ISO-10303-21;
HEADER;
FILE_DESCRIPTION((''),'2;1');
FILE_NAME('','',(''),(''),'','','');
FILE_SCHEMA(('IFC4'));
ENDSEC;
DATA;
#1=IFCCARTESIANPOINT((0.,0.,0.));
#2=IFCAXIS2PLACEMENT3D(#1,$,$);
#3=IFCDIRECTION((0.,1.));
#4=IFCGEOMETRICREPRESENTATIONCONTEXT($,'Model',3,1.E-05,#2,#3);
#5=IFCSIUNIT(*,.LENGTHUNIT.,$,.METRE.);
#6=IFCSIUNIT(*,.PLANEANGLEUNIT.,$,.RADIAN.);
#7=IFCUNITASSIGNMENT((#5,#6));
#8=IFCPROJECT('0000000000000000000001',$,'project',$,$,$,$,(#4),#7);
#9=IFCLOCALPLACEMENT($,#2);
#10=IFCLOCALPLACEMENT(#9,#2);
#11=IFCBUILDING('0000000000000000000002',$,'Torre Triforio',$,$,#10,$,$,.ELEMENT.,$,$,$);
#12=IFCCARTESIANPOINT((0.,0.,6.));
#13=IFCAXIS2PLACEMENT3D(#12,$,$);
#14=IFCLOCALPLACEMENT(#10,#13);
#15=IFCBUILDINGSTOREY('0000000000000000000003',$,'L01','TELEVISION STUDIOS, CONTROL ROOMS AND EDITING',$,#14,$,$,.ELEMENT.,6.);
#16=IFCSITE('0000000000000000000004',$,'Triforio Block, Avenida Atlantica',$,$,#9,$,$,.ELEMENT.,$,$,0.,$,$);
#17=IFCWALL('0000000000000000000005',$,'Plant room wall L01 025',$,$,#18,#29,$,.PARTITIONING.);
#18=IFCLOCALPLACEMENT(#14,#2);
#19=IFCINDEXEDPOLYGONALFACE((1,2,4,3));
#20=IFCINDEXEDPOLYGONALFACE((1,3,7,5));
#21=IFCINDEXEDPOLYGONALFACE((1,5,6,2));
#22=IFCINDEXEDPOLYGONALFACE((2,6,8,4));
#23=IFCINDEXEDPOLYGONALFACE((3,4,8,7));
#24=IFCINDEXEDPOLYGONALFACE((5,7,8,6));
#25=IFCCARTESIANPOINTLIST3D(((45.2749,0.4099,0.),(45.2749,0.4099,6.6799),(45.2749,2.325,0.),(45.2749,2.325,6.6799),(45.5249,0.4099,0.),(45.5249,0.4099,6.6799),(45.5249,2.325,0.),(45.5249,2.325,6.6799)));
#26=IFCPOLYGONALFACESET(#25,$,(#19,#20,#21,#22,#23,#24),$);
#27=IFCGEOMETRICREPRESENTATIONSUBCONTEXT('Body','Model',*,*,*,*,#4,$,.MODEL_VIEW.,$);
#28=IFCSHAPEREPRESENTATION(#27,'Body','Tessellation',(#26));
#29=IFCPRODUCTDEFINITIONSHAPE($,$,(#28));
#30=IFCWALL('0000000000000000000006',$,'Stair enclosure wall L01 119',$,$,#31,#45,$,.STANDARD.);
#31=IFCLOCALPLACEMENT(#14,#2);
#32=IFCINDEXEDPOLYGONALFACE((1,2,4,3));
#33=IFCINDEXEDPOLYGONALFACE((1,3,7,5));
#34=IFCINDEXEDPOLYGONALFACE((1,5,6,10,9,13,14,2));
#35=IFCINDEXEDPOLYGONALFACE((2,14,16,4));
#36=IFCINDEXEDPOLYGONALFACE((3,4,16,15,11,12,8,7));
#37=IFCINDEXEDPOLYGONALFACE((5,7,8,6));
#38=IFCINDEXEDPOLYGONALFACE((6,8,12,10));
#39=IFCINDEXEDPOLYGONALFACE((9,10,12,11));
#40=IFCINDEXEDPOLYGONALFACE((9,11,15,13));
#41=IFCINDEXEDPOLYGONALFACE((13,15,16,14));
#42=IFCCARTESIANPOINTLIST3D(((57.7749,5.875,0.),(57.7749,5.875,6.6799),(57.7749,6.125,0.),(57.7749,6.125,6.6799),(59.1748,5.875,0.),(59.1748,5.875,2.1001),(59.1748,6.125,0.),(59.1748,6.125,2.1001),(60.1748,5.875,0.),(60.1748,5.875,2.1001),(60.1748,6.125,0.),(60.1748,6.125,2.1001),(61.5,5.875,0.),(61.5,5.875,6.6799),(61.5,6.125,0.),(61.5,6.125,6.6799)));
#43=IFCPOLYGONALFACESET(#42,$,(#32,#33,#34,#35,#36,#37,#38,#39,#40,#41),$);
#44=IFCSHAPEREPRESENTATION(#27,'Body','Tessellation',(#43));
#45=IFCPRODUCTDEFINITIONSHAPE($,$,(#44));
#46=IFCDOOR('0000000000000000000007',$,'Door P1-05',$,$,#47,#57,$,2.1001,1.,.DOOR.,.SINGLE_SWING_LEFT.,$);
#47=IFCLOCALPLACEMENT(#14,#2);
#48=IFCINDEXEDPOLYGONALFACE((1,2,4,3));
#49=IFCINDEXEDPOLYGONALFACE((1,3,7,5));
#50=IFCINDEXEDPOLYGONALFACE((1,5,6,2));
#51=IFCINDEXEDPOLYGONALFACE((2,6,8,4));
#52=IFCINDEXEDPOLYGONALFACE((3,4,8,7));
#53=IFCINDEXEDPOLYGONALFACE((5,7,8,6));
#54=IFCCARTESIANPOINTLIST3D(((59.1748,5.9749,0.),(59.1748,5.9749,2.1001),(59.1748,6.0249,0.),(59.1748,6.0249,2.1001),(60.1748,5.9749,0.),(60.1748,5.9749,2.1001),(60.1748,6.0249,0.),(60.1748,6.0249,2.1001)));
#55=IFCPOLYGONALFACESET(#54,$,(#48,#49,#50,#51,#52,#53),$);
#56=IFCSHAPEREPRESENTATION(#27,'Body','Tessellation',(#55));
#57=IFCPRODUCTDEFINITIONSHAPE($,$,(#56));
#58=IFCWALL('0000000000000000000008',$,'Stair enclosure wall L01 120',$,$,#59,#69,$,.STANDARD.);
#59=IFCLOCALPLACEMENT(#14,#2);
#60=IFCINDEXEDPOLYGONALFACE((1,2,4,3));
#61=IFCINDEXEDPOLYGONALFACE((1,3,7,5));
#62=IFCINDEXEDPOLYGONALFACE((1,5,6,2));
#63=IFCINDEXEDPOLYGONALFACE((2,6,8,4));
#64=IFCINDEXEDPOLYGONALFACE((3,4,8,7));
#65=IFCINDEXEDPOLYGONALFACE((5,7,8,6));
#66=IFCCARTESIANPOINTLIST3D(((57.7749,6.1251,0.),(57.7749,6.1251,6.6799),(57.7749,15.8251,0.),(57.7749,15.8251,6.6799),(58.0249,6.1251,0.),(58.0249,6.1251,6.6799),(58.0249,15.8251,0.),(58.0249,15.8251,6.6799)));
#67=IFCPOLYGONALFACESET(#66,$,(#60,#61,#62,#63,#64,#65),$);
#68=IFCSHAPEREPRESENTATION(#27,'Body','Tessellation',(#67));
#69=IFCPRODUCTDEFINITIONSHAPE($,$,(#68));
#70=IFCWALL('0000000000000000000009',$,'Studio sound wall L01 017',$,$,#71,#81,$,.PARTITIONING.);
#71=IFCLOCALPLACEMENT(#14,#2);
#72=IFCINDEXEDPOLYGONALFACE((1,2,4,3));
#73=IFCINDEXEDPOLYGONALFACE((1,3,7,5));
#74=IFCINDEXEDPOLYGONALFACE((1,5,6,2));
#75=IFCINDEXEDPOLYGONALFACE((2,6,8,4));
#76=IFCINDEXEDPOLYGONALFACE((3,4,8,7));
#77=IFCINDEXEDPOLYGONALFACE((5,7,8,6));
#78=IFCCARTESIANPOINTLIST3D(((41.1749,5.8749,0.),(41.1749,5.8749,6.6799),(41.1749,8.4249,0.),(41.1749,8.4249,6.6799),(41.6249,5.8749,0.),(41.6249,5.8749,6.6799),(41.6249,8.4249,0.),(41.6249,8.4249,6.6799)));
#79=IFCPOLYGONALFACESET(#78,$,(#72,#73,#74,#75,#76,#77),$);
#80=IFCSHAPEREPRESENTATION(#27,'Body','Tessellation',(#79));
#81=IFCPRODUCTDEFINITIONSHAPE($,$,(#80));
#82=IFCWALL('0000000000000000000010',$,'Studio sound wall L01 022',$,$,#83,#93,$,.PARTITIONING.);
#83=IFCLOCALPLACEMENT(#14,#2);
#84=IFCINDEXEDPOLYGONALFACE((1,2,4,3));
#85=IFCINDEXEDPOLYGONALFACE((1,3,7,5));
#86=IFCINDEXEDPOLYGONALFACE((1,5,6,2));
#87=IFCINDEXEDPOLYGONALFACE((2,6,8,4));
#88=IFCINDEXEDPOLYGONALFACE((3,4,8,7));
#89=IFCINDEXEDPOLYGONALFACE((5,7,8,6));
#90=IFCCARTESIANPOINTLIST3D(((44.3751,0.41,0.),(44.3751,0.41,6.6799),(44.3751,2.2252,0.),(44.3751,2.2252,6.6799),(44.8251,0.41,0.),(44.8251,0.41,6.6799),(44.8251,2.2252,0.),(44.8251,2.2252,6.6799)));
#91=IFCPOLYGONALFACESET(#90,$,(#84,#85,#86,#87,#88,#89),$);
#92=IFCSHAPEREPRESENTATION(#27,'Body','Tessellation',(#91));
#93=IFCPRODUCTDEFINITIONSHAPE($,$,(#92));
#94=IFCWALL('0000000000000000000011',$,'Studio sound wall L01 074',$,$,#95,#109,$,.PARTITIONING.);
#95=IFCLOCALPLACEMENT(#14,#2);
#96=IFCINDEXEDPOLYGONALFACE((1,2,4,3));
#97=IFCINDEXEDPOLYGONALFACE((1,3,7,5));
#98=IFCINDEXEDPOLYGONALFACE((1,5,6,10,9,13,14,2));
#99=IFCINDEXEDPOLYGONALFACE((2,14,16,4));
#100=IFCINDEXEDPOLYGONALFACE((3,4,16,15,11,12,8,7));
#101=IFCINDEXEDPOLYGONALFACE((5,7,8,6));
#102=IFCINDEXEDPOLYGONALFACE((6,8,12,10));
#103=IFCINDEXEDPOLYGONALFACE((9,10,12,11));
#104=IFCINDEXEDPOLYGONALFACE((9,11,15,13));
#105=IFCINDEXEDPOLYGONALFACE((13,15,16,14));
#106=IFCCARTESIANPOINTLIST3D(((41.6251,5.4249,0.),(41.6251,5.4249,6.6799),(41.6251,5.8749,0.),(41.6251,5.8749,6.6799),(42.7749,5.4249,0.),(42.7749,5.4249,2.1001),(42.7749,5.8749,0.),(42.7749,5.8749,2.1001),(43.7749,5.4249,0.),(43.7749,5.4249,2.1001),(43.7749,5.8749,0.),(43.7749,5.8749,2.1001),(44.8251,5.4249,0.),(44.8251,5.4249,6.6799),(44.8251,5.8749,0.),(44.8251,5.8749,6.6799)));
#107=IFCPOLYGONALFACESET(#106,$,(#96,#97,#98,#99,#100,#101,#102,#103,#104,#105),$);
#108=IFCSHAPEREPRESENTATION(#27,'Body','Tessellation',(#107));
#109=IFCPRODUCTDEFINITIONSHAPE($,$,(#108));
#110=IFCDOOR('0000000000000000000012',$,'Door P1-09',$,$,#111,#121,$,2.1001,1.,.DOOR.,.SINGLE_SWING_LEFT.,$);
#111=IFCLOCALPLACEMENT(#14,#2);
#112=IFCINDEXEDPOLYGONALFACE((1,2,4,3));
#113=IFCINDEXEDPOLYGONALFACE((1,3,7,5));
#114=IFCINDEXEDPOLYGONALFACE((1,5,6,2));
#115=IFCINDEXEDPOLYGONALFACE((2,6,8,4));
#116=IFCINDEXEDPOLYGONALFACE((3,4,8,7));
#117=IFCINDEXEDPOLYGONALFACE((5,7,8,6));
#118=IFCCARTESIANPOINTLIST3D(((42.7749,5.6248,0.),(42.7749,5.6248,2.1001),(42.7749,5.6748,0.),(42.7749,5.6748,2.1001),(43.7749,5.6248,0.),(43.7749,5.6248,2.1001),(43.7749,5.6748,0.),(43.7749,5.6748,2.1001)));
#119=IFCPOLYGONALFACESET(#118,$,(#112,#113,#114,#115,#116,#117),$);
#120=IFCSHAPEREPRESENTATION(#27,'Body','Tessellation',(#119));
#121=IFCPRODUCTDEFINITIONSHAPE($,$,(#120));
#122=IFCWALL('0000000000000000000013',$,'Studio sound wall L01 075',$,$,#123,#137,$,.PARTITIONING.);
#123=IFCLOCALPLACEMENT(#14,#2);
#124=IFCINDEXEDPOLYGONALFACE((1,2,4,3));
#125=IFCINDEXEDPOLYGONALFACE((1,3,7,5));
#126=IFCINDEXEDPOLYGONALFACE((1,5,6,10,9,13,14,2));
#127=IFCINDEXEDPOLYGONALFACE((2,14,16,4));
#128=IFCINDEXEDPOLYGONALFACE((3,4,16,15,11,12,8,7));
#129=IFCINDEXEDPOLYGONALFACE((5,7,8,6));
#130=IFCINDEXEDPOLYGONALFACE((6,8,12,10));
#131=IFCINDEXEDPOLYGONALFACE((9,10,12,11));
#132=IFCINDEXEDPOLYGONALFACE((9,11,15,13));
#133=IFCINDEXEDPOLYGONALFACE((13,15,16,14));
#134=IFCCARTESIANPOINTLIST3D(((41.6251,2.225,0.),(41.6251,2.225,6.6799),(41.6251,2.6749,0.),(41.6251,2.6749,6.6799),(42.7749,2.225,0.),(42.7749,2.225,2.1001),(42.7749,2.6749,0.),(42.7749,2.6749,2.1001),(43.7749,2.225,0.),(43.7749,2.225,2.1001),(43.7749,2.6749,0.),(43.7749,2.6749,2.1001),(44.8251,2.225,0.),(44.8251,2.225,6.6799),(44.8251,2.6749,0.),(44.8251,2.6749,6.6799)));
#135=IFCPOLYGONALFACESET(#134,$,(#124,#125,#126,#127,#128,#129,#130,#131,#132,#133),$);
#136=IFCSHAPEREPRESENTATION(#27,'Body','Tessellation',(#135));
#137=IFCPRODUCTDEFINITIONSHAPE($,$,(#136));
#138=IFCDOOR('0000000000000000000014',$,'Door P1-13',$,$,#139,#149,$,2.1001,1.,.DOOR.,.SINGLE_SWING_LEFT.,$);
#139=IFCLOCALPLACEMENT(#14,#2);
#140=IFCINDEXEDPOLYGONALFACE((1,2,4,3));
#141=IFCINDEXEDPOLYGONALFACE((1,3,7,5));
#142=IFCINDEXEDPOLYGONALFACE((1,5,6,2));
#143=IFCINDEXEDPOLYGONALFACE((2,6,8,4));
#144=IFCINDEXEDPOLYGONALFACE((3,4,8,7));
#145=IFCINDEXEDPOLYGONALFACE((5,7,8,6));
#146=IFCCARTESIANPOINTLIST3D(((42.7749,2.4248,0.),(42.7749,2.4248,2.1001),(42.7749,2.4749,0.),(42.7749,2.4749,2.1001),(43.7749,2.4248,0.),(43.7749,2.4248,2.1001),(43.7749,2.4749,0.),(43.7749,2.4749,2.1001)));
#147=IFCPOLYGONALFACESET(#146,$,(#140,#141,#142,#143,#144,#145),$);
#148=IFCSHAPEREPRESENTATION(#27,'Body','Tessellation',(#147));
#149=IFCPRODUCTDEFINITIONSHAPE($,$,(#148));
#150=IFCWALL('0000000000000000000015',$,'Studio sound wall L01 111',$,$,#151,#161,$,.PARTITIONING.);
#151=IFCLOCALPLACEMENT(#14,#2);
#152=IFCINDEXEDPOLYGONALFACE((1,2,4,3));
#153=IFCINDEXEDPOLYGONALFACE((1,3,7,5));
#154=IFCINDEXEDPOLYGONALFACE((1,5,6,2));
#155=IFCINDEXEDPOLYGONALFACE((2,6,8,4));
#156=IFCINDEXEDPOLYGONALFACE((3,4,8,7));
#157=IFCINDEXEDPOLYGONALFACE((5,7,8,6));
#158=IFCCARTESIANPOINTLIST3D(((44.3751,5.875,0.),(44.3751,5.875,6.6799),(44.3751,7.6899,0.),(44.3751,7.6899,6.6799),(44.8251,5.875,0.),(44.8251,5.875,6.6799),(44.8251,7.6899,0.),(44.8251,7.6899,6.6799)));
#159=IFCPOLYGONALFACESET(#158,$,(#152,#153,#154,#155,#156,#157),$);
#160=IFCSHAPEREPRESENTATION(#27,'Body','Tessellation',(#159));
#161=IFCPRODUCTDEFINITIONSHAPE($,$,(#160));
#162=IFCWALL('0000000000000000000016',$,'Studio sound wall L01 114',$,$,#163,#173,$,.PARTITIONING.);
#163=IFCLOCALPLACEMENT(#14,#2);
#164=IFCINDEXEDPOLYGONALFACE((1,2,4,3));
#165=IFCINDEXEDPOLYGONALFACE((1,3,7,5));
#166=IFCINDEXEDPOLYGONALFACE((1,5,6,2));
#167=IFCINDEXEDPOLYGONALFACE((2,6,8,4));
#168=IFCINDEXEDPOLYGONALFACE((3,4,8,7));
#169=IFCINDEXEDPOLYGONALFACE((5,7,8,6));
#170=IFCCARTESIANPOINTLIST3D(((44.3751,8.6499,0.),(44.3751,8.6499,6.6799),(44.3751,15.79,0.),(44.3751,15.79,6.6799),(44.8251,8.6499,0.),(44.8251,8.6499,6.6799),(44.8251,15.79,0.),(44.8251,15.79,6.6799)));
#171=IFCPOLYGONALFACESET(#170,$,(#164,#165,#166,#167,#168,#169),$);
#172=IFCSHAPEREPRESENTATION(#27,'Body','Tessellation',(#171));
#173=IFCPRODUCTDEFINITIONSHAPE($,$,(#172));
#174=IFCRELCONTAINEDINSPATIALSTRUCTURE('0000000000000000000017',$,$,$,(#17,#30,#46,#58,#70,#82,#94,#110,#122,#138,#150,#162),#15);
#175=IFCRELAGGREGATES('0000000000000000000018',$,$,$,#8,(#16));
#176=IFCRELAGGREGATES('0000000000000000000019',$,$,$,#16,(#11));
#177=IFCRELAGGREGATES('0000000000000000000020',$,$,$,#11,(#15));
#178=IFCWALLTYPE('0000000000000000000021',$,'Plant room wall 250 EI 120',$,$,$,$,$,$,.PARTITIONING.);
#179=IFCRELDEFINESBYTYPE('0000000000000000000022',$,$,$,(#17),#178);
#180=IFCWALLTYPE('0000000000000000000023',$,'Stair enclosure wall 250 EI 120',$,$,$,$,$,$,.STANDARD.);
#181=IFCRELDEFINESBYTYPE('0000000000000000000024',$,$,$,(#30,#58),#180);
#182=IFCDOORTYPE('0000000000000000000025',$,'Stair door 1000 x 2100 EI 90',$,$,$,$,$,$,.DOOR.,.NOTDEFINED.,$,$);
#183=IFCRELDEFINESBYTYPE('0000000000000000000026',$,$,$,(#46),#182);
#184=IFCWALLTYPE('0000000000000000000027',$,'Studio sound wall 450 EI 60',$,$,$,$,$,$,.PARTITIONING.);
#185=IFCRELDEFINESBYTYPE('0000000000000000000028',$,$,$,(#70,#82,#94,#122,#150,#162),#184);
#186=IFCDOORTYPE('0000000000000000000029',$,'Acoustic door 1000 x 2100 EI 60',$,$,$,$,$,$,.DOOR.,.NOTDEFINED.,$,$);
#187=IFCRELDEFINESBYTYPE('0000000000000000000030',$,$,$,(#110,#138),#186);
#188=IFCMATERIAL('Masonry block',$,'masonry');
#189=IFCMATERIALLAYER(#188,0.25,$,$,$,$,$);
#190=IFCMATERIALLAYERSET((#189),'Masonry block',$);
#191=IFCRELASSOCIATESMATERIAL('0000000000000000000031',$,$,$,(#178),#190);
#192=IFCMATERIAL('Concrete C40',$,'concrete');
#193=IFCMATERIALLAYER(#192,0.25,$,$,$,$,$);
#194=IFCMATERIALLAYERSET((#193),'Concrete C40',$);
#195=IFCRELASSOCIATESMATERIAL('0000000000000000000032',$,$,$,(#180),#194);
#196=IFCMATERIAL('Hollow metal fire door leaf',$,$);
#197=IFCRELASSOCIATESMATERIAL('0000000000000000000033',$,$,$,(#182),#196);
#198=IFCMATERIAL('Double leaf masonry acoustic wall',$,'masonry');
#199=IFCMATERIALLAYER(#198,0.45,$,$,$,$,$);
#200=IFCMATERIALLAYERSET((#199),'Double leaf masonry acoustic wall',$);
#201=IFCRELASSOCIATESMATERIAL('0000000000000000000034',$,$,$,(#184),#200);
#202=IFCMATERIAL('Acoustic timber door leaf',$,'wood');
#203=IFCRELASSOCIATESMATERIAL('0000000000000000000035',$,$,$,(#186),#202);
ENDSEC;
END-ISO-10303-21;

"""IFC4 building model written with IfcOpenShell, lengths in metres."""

from ifc_helpers import new_model, si_unit, direction, frame, frame_2d, origin, place, context, subcontext, project, spatial, rectangle, extrude, material, layer, layer_set, type_object, element, fill, save


model = new_model("IFC4")

# Units and contexts
model_context = context("Model", 3, precision=1e-05, world=origin(), true_north=direction((0.0, 1.0)))
body_context = subcontext(model_context, "Body", "Model", "MODEL_VIEW")
ifc_project = project(units=[si_unit("LENGTHUNIT", "METRE"), si_unit("PLANEANGLEUNIT", "RADIAN")], contexts=[model_context])

# Site, building, storey
site_placement = place(None, origin())
site = spatial("IfcSite", under=ifc_project, at=site_placement, Name="Triforio Block, Avenida Atlantica", CompositionType="ELEMENT", RefElevation=0.0)
building_placement = place(site_placement, origin())
building = spatial("IfcBuilding", under=site, at=building_placement, Name="Torre Triforio", CompositionType="ELEMENT")
storey_placement = place(building_placement, frame((0.0, 0.0, 6.0)))
storey = spatial("IfcBuildingStorey", under=building, at=storey_placement, Name="L01", Description="TELEVISION STUDIOS, CONTROL ROOMS AND EDITING", CompositionType="ELEMENT", Elevation=6.0)

# Wall
ifc_material_1 = material(Name="Masonry block", Category="masonry")
ifc_layer_1 = layer(ifc_material_1, 0.25)
ifc_layer_set_1 = layer_set([ifc_layer_1], Name="Masonry block")
wall_type_1 = type_object("IfcWallType", Name="Plant room wall 250 EI 120", PredefinedType="PARTITIONING", material=ifc_layer_set_1)
wall_1_placement = place(storey_placement, frame((45.3999, 0.4099, 0.0), z_axis=(0.0, 0.0, 1.0), x_axis=(0.0, 1.0, 0.0)))
element("IfcWall", 1, at=wall_1_placement, inside=storey, type_object=wall_type_1, Name="Plant room wall L01 025", PredefinedType="PARTITIONING", context=body_context, shape_type="SweptSolid", body=[
    extrude(rectangle(XDim=1.915, YDim=0.25, at=frame_2d((0.9575, 0.0))), origin(), (0.0, 0.0, 1.0), 6.6799),
])

# Wall, opening, door
ifc_material_2 = material(Name="Concrete C40", Category="concrete")
ifc_layer_2 = layer(ifc_material_2, 0.25)
ifc_layer_set_2 = layer_set([ifc_layer_2], Name="Concrete C40")
wall_type_2 = type_object("IfcWallType", Name="Stair enclosure wall 250 EI 120", PredefinedType="STANDARD", material=ifc_layer_set_2)
wall_2_placement = place(storey_placement, frame((57.7749, 6.0, 0.0), z_axis=(0.0, 0.0, 1.0), x_axis=(1.0, 0.0, 0.0)))
wall_2 = element("IfcWall", 2, at=wall_2_placement, inside=storey, type_object=wall_type_2, Name="Stair enclosure wall L01 119", PredefinedType="STANDARD", context=body_context, shape_type="SweptSolid", body=[
    extrude(rectangle(XDim=3.7251, YDim=0.25, at=frame_2d((1.8625, 0.0))), origin(), (0.0, 0.0, 1.0), 6.6799),
])
opening_1_placement = place(wall_2_placement, frame((1.3999, 0.0, 0.0)))
opening_1 = element("IfcOpeningElement", 3, at=opening_1_placement, cuts=wall_2, PredefinedType="OPENING", context=body_context, shape_type="SweptSolid", body=[
    extrude(rectangle(XDim=1.0, YDim=2.1001, at=frame_2d((0.5, 1.05))), frame((0.0, 0.135, 0.0), z_axis=(0.0, -1.0, 0.0), x_axis=(1.0, 0.0, 0.0)), (0.0, 0.0, 1.0), 0.27),
])
ifc_material_3 = material(Name="Hollow metal fire door leaf")
door_type_1 = type_object("IfcDoorType", Name="Stair door 1000 x 2100 EI 90", OperationType="NOTDEFINED", PredefinedType="DOOR", material=ifc_material_3)
door_1_placement = place(opening_1_placement, origin())
door_1 = element("IfcDoor", 4, at=door_1_placement, inside=storey, type_object=door_type_1, Name="Door P1-05", OperationType="SINGLE_SWING_LEFT", OverallHeight=2.1001, OverallWidth=1.0, PredefinedType="DOOR", context=body_context, shape_type="SweptSolid", body=[
    extrude(rectangle(XDim=1.0, YDim=2.1001, at=frame_2d((0.5, 1.05))), frame((0.0, 0.0249, 0.0), z_axis=(0.0, -1.0, 0.0), x_axis=(1.0, 0.0, 0.0)), (0.0, 0.0, 1.0), 0.05),
])
fill(opening_1, door_1)

# Walls
wall_3_placement = place(storey_placement, frame((57.8999, 6.125, 0.0), z_axis=(0.0, 0.0, 1.0), x_axis=(0.0, 1.0, 0.0)))
element("IfcWall", 5, at=wall_3_placement, inside=storey, type_object=wall_type_2, Name="Stair enclosure wall L01 120", PredefinedType="STANDARD", context=body_context, shape_type="SweptSolid", body=[
    extrude(rectangle(XDim=9.7, YDim=0.25, at=frame_2d((4.8501, 0.0))), origin(), (0.0, 0.0, 1.0), 6.6799),
])
ifc_material_4 = material(Name="Double leaf masonry acoustic wall", Category="masonry")
ifc_layer_3 = layer(ifc_material_4, 0.45)
ifc_layer_set_3 = layer_set([ifc_layer_3], Name="Double leaf masonry acoustic wall")
wall_type_3 = type_object("IfcWallType", Name="Studio sound wall 450 EI 60", PredefinedType="PARTITIONING", material=ifc_layer_set_3)
wall_4_placement = place(storey_placement, frame((41.3999, 5.875, 0.0), z_axis=(0.0, 0.0, 1.0), x_axis=(0.0, 1.0, 0.0)))
element("IfcWall", 6, at=wall_4_placement, inside=storey, type_object=wall_type_3, Name="Studio sound wall L01 017", PredefinedType="PARTITIONING", context=body_context, shape_type="SweptSolid", body=[
    extrude(rectangle(XDim=2.55, YDim=0.45, at=frame_2d((1.2749, 0.0))), origin(), (0.0, 0.0, 1.0), 6.6799),
])
wall_5_placement = place(storey_placement, frame((44.6001, 0.4099, 0.0), z_axis=(0.0, 0.0, 1.0), x_axis=(0.0, 1.0, 0.0)))
element("IfcWall", 7, at=wall_5_placement, inside=storey, type_object=wall_type_3, Name="Studio sound wall L01 022", PredefinedType="PARTITIONING", context=body_context, shape_type="SweptSolid", body=[
    extrude(rectangle(XDim=1.8152, YDim=0.45, at=frame_2d((0.9077, 0.0))), origin(), (0.0, 0.0, 1.0), 6.6799),
])

# Walls, openings, doors
wall_6_placement = place(storey_placement, frame((41.625, 5.6499, 0.0), z_axis=(0.0, 0.0, 1.0), x_axis=(1.0, 0.0, 0.0)))
wall_6 = element("IfcWall", 8, at=wall_6_placement, inside=storey, type_object=wall_type_3, Name="Studio sound wall L01 074", PredefinedType="PARTITIONING", context=body_context, shape_type="SweptSolid", body=[
    extrude(rectangle(XDim=3.2, YDim=0.45, at=frame_2d((1.6001, 0.0))), origin(), (0.0, 0.0, 1.0), 6.6799),
])
opening_2_placement = place(wall_6_placement, frame((1.1499, 0.0, 0.0)))
opening_2 = element("IfcOpeningElement", 9, at=opening_2_placement, cuts=wall_6, PredefinedType="OPENING", context=body_context, shape_type="SweptSolid", body=[
    extrude(rectangle(XDim=1.0, YDim=2.1001, at=frame_2d((0.5, 1.05))), frame((0.0, 0.2349, 0.0), z_axis=(0.0, -1.0, 0.0), x_axis=(1.0, 0.0, 0.0)), (0.0, 0.0, 1.0), 0.47),
])
ifc_material_5 = material(Name="Acoustic timber door leaf", Category="wood")
door_type_2 = type_object("IfcDoorType", Name="Acoustic door 1000 x 2100 EI 60", OperationType="NOTDEFINED", PredefinedType="DOOR", material=ifc_material_5)
door_2_placement = place(opening_2_placement, origin())
door_2 = element("IfcDoor", 10, at=door_2_placement, inside=storey, type_object=door_type_2, Name="Door P1-09", OperationType="SINGLE_SWING_LEFT", OverallHeight=2.1001, OverallWidth=1.0, PredefinedType="DOOR", context=body_context, shape_type="SweptSolid", body=[
    extrude(rectangle(XDim=1.0, YDim=2.1001, at=frame_2d((0.5, 1.05))), frame((0.0, 0.0249, 0.0), z_axis=(0.0, -1.0, 0.0), x_axis=(1.0, 0.0, 0.0)), (0.0, 0.0, 1.0), 0.05),
])
fill(opening_2, door_2)
wall_7_placement = place(storey_placement, frame((41.625, 2.45, 0.0), z_axis=(0.0, 0.0, 1.0), x_axis=(1.0, 0.0, 0.0)))
wall_7 = element("IfcWall", 11, at=wall_7_placement, inside=storey, type_object=wall_type_3, Name="Studio sound wall L01 075", PredefinedType="PARTITIONING", context=body_context, shape_type="SweptSolid", body=[
    extrude(rectangle(XDim=3.2, YDim=0.45, at=frame_2d((1.6001, 0.0))), origin(), (0.0, 0.0, 1.0), 6.6799),
])
opening_3_placement = place(wall_7_placement, frame((1.1499, 0.0, 0.0)))
opening_3 = element("IfcOpeningElement", 12, at=opening_3_placement, cuts=wall_7, PredefinedType="OPENING", context=body_context, shape_type="SweptSolid", body=[
    extrude(rectangle(XDim=1.0, YDim=2.1001, at=frame_2d((0.5, 1.05))), frame((0.0, 0.2349, 0.0), z_axis=(0.0, -1.0, 0.0), x_axis=(1.0, 0.0, 0.0)), (0.0, 0.0, 1.0), 0.47),
])
door_3_placement = place(opening_3_placement, origin())
door_3 = element("IfcDoor", 13, at=door_3_placement, inside=storey, type_object=door_type_2, Name="Door P1-13", OperationType="SINGLE_SWING_LEFT", OverallHeight=2.1001, OverallWidth=1.0, PredefinedType="DOOR", context=body_context, shape_type="SweptSolid", body=[
    extrude(rectangle(XDim=1.0, YDim=2.1001, at=frame_2d((0.5, 1.05))), frame((0.0, 0.0249, 0.0), z_axis=(0.0, -1.0, 0.0), x_axis=(1.0, 0.0, 0.0)), (0.0, 0.0, 1.0), 0.05),
])
fill(opening_3, door_3)

# Walls
wall_8_placement = place(storey_placement, frame((44.6001, 5.875, 0.0), z_axis=(0.0, 0.0, 1.0), x_axis=(0.0, 1.0, 0.0)))
element("IfcWall", 14, at=wall_8_placement, inside=storey, type_object=wall_type_3, Name="Studio sound wall L01 111", PredefinedType="PARTITIONING", context=body_context, shape_type="SweptSolid", body=[
    extrude(rectangle(XDim=1.8149, YDim=0.45, at=frame_2d((0.9075, 0.0))), origin(), (0.0, 0.0, 1.0), 6.6799),
])
wall_9_placement = place(storey_placement, frame((44.6001, 8.6499, 0.0), z_axis=(0.0, 0.0, 1.0), x_axis=(0.0, 1.0, 0.0)))
element("IfcWall", 15, at=wall_9_placement, inside=storey, type_object=wall_type_3, Name="Studio sound wall L01 114", PredefinedType="PARTITIONING", context=body_context, shape_type="SweptSolid", body=[
    extrude(rectangle(XDim=7.1401, YDim=0.45, at=frame_2d((3.5701, 0.0))), origin(), (0.0, 0.0, 1.0), 6.6799),
])

save(model, "model.ifc")
